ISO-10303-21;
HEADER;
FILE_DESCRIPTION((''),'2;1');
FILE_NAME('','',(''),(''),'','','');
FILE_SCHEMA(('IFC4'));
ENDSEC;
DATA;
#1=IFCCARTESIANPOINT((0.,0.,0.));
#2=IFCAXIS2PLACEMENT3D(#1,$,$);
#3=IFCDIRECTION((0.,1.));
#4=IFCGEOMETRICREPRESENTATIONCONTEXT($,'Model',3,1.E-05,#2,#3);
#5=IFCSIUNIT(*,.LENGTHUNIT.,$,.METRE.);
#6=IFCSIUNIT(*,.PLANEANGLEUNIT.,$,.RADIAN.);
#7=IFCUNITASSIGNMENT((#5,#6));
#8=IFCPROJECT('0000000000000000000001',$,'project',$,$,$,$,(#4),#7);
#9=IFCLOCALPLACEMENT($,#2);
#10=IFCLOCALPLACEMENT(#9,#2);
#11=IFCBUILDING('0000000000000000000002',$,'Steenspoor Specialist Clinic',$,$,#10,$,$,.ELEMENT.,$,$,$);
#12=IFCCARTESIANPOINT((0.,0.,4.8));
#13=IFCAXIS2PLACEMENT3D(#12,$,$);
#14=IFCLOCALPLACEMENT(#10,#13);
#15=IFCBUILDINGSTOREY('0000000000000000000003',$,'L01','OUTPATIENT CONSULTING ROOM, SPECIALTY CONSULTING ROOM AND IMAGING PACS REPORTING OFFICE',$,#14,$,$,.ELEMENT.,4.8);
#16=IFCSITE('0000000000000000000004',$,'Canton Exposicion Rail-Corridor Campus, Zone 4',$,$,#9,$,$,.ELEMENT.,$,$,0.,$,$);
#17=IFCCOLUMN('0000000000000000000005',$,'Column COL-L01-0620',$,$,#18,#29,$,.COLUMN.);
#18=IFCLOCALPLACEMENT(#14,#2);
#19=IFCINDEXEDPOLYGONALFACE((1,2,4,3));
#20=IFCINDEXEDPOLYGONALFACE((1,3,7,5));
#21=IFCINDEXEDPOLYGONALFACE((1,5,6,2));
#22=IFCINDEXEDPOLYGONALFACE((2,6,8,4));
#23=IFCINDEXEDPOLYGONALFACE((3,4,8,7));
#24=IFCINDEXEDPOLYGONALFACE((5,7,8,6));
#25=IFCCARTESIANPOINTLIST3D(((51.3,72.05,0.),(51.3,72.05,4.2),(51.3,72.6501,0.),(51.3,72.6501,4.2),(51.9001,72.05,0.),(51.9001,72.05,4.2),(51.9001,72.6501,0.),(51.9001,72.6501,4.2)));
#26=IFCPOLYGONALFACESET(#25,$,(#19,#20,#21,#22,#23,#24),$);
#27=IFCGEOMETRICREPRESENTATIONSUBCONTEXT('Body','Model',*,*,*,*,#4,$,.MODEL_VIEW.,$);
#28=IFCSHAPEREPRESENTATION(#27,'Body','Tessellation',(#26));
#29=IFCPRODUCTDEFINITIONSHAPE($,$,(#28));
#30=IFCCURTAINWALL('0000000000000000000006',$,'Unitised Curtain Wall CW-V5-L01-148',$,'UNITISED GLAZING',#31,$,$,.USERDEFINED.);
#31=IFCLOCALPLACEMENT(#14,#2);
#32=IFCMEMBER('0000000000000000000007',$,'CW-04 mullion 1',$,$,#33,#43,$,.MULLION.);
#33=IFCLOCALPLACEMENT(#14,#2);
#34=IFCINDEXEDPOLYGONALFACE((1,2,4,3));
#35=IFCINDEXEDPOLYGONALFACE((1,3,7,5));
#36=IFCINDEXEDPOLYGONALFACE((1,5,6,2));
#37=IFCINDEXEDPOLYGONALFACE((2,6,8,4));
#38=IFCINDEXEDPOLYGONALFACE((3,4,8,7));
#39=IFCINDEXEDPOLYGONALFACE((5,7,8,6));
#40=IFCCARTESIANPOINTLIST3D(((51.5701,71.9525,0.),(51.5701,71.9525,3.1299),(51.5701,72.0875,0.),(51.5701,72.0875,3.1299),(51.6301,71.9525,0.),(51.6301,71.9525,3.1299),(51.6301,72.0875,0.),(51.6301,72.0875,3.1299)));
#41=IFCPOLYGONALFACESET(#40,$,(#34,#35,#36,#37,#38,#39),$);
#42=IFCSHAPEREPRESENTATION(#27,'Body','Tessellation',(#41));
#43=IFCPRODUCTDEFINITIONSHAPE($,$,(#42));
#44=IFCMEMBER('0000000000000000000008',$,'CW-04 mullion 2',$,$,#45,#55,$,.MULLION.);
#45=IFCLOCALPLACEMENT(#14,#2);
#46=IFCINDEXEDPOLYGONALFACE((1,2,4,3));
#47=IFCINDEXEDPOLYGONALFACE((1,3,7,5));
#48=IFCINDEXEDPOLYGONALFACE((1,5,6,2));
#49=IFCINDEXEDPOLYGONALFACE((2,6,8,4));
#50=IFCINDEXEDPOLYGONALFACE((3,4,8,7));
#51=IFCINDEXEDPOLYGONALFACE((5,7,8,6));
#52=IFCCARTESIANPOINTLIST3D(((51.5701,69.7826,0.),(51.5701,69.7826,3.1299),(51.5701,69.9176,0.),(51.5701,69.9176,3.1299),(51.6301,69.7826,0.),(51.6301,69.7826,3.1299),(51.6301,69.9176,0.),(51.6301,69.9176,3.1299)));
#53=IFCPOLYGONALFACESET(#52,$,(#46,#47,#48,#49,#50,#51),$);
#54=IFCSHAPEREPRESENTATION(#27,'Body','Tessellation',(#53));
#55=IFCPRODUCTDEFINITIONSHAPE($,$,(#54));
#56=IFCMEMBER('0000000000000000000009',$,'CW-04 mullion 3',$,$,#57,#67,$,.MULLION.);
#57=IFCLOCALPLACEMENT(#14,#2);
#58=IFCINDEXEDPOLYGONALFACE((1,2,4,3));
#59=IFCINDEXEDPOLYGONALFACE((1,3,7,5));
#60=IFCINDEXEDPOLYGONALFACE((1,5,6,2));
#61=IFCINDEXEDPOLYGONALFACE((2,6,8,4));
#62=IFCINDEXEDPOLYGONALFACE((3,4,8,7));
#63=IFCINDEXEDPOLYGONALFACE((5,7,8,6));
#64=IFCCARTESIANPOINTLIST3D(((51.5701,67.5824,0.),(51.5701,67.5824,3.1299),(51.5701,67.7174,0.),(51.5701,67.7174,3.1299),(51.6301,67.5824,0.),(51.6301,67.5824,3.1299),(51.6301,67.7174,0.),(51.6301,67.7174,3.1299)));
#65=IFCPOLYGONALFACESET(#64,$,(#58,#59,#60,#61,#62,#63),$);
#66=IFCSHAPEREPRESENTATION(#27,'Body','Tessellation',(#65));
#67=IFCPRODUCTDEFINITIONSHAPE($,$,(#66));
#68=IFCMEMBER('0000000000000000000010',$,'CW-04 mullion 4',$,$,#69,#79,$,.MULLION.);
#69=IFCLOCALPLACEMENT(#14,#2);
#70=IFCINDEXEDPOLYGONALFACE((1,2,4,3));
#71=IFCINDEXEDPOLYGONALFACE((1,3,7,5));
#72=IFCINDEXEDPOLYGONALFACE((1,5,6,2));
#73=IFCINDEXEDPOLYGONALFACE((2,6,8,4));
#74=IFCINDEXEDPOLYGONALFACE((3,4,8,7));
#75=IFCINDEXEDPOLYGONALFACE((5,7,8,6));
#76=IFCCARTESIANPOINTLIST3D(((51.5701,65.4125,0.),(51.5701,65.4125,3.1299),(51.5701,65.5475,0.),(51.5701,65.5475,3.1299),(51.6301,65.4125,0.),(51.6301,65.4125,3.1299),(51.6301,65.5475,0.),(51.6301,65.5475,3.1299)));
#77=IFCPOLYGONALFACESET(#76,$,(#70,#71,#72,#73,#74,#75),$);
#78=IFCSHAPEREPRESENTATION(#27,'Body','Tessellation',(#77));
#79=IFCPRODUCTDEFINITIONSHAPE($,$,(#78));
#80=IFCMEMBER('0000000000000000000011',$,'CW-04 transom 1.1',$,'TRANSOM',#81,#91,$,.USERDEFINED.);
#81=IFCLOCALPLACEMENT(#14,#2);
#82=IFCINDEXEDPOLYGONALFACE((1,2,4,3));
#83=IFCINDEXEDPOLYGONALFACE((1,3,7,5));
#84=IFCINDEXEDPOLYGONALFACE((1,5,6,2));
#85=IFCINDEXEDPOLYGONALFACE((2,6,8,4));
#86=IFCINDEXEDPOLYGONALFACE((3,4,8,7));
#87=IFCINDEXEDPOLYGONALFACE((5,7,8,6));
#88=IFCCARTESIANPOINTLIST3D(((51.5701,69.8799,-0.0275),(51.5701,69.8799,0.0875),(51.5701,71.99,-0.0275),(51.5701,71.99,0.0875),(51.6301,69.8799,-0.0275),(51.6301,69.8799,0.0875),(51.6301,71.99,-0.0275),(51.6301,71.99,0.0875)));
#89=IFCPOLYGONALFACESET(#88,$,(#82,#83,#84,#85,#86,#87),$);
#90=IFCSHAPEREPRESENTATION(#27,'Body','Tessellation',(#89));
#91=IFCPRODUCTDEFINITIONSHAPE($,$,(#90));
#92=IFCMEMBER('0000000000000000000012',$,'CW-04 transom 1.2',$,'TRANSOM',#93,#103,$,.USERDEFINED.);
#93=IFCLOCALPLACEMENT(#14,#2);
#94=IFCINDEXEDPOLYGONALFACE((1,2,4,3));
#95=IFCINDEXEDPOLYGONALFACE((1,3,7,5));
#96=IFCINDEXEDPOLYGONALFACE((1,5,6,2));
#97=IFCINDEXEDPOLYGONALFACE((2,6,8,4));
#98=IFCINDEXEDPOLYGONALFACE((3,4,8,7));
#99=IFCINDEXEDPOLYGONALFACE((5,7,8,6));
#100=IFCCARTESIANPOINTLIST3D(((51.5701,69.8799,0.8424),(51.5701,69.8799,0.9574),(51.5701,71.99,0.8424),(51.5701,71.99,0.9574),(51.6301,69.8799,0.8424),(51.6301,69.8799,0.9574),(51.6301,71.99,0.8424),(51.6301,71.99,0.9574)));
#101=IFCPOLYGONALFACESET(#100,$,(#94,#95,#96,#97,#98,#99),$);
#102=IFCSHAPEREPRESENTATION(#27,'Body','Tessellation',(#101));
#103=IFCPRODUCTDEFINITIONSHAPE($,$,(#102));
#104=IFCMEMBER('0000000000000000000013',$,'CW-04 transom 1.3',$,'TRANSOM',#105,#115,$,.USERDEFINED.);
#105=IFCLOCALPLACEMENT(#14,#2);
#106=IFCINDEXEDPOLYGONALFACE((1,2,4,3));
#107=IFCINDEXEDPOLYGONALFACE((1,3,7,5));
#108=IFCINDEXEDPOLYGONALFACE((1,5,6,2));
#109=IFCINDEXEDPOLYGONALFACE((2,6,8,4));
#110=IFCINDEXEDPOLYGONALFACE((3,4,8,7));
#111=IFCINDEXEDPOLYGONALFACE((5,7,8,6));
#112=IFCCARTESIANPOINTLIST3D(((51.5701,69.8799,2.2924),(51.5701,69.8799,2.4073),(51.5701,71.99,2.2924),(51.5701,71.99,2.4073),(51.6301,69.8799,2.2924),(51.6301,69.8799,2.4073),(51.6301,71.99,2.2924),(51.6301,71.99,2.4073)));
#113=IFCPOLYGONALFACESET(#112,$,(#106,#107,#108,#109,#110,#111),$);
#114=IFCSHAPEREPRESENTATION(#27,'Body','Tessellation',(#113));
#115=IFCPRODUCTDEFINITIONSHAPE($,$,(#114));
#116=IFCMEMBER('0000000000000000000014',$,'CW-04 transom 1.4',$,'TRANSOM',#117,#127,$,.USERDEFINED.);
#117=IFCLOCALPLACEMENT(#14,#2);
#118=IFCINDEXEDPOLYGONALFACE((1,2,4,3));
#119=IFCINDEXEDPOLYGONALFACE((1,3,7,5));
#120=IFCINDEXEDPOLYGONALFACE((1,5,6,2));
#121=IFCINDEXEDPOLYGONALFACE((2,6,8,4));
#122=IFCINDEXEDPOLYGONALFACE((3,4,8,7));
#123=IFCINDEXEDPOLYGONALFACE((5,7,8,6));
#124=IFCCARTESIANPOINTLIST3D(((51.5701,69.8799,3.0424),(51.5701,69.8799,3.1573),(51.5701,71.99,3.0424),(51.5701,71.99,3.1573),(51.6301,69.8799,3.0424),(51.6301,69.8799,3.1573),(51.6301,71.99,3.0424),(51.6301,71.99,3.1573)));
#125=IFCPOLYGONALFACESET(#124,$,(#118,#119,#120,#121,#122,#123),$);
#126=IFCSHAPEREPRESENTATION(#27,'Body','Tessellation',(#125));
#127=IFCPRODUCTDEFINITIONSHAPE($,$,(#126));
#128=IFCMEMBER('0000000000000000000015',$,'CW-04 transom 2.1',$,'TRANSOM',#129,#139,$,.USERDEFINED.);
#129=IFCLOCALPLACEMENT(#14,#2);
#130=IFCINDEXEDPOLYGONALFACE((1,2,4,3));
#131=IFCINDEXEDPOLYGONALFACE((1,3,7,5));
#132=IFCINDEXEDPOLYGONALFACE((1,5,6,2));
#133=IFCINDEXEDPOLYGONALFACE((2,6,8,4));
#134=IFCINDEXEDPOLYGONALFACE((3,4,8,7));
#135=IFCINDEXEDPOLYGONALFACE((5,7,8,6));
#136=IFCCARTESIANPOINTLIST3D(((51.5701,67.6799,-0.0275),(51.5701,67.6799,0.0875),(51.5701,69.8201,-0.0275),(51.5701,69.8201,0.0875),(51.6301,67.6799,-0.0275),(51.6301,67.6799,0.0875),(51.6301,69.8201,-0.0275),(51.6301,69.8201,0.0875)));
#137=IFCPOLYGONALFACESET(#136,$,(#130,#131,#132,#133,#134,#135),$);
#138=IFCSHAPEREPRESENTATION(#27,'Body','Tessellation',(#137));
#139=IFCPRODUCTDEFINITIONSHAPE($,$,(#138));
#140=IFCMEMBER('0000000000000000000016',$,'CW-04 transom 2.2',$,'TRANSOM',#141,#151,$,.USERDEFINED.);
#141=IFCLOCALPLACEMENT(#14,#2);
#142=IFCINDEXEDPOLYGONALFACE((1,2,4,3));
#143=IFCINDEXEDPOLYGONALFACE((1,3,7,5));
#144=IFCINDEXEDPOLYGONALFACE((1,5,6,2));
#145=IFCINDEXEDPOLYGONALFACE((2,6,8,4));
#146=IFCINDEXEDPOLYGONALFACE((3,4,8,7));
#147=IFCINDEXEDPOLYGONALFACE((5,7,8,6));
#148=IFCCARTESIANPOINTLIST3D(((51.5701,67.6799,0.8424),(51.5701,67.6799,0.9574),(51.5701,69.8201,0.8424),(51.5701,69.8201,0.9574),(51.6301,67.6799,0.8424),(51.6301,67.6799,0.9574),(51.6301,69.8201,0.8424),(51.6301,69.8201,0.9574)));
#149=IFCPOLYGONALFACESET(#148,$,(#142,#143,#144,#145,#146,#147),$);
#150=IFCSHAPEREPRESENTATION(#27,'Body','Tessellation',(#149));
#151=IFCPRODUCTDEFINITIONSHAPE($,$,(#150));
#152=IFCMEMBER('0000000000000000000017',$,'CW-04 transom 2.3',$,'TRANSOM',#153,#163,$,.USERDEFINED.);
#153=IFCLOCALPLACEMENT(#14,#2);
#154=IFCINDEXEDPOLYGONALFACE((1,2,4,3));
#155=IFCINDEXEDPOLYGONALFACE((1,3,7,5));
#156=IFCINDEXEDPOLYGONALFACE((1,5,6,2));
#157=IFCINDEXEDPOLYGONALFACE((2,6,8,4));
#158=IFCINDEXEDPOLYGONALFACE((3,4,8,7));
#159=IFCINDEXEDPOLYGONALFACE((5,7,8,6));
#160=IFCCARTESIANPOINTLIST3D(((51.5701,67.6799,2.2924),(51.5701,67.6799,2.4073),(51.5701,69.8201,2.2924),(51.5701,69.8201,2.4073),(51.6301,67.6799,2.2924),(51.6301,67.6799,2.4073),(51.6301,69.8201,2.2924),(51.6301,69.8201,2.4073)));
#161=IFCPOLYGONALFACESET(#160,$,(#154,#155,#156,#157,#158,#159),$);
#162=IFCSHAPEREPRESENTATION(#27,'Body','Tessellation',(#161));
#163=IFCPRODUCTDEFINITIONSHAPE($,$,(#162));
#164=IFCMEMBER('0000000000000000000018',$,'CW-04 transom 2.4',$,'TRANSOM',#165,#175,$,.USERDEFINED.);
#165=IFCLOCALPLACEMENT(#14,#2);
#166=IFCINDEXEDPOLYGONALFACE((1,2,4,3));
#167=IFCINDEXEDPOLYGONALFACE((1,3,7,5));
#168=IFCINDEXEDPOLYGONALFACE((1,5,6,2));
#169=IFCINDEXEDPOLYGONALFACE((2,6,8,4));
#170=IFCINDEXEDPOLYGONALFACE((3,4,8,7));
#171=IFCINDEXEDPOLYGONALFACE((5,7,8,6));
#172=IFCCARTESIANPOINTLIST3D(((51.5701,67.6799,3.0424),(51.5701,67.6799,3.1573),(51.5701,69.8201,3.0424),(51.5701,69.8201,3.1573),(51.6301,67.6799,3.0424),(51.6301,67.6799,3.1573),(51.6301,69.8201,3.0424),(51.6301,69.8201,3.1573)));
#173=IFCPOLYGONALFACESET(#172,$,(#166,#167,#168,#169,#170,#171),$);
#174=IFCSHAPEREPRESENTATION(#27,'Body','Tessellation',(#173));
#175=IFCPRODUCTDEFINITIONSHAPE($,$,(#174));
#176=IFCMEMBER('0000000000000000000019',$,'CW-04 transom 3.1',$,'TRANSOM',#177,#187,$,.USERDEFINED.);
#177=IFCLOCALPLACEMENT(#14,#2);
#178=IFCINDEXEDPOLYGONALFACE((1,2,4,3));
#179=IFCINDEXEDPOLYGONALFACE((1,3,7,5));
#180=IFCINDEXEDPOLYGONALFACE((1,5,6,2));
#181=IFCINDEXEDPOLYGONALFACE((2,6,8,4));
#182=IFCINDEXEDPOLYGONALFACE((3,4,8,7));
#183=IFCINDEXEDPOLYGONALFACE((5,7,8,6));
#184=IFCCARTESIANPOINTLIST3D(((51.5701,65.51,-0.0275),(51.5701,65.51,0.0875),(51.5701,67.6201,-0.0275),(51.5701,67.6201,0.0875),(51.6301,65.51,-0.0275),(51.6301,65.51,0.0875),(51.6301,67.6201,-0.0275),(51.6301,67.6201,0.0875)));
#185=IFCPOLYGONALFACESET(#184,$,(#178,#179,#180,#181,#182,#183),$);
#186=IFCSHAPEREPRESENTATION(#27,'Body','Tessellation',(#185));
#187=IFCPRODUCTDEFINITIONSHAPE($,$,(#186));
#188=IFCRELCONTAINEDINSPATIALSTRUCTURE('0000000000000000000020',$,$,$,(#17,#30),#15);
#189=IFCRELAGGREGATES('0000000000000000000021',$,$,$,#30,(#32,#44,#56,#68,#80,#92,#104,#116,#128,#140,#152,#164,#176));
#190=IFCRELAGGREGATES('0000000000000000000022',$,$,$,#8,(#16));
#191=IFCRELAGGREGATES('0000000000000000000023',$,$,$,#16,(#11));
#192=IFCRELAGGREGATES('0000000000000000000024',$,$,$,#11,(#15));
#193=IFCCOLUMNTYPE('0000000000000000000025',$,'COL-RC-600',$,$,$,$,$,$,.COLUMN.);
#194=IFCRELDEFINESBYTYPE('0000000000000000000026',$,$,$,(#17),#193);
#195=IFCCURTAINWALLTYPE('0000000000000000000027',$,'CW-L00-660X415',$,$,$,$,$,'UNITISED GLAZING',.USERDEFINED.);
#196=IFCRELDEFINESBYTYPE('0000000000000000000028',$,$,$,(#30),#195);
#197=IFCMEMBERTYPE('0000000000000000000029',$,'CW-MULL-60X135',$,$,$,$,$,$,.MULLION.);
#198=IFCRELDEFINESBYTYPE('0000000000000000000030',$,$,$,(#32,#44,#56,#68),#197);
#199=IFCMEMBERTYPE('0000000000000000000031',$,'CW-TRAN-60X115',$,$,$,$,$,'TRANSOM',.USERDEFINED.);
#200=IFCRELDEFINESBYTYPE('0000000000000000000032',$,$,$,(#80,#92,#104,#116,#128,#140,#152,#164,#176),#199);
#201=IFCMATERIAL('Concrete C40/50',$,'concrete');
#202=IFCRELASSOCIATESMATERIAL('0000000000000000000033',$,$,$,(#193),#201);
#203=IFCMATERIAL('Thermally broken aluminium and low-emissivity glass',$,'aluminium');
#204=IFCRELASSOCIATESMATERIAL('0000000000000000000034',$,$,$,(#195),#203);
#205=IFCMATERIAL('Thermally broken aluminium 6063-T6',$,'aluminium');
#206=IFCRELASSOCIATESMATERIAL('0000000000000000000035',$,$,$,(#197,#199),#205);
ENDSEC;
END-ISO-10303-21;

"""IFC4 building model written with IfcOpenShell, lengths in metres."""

from ifc_helpers import new_model, si_unit, direction, frame, origin, origin_2d, place, context, subcontext, project, spatial, rectangle, extrude, material, material_profile, profile_set, type_object, element, aggregate, save


model = new_model("IFC4")

# Units and contexts
model_context = context("Model", 3, precision=1e-05, world=origin(), true_north=direction((0.0, 1.0)))
body_context = subcontext(model_context, "Body", "Model", "MODEL_VIEW")
ifc_project = project(units=[si_unit("LENGTHUNIT", "METRE"), si_unit("PLANEANGLEUNIT", "RADIAN")], contexts=[model_context])

# Site, building, storey
site_placement = place(None, origin())
site = spatial("IfcSite", under=ifc_project, at=site_placement, Name="Canton Exposicion Rail-Corridor Campus, Zone 4", CompositionType="ELEMENT", RefElevation=0.0)
building_placement = place(site_placement, origin())
building = spatial("IfcBuilding", under=site, at=building_placement, Name="Steenspoor Specialist Clinic", CompositionType="ELEMENT")
storey_placement = place(building_placement, frame((0.0, 0.0, 4.8)))
storey = spatial("IfcBuildingStorey", under=building, at=storey_placement, Name="L01", Description="OUTPATIENT CONSULTING ROOM, SPECIALTY CONSULTING ROOM AND IMAGING PACS REPORTING OFFICE", CompositionType="ELEMENT", Elevation=4.8)

# Column
ifc_material_1 = material(Name="Concrete C40/50", Category="concrete")
ifc_material_profile_1 = material_profile(ifc_material_1, rectangle(XDim=0.6001, YDim=0.6001, at=origin_2d()), Name="RC-COL-600X600")
ifc_profile_set_1 = profile_set([ifc_material_profile_1], Name="Concrete C40/50")
column_type = type_object("IfcColumnType", Name="COL-RC-600", PredefinedType="COLUMN", material=ifc_profile_set_1)
column_placement = place(storey_placement, frame((51.6001, 72.3501, 0.0), z_axis=(0.0, 0.0, 1.0), x_axis=(1.0, 0.0, 0.0)))
element("IfcColumn", 1, at=column_placement, inside=storey, type_object=column_type, Name="Column COL-L01-0620", PredefinedType="COLUMN", context=body_context, shape_type="SweptSolid", body=[
    extrude(rectangle(XDim=0.6001, YDim=0.6001, at=origin_2d()), origin(), (0.0, 0.0, 1.0), 4.2),
])

# Curtain wall, members
ifc_material_2 = material(Name="Thermally broken aluminium and low-emissivity glass", Category="aluminium")
curtain_wall_type = type_object("IfcCurtainWallType", Name="CW-L00-660X415", ElementType="UNITISED GLAZING", PredefinedType="USERDEFINED", material=ifc_material_2)
curtain_wall_placement = place(storey_placement, origin())
curtain_wall = element("IfcCurtainWall", 2, at=curtain_wall_placement, inside=storey, type_object=curtain_wall_type, Name="Unitised Curtain Wall CW-V5-L01-148", ObjectType="UNITISED GLAZING", PredefinedType="USERDEFINED")
ifc_material_3 = material(Name="Thermally broken aluminium 6063-T6", Category="aluminium")
ifc_material_profile_2 = material_profile(ifc_material_3, rectangle(XDim=0.0601, YDim=0.135, at=origin_2d()), Name="CWM-60X135")
ifc_profile_set_2 = profile_set([ifc_material_profile_2], Name="Thermally broken aluminium 6063-T6")
member_type_1 = type_object("IfcMemberType", Name="CW-MULL-60X135", PredefinedType="MULLION", material=ifc_profile_set_2)
member_1_placement = place(storey_placement, frame((51.6001, 72.02, 0.0), z_axis=(0.0, 0.0, 1.0), x_axis=(1.0, 0.0, 0.0)))
member_1 = element("IfcMember", 3, at=member_1_placement, type_object=member_type_1, Name="CW-04 mullion 1", PredefinedType="MULLION", context=body_context, shape_type="SweptSolid", body=[
    extrude(rectangle(XDim=0.0601, YDim=0.135, at=origin_2d()), origin(), (0.0, 0.0, 1.0), 3.1299),
])
member_2_placement = place(storey_placement, frame((51.6001, 69.8501, 0.0), z_axis=(0.0, 0.0, 1.0), x_axis=(1.0, 0.0, 0.0)))
member_2 = element("IfcMember", 4, at=member_2_placement, type_object=member_type_1, Name="CW-04 mullion 2", PredefinedType="MULLION", context=body_context, shape_type="SweptSolid", body=[
    extrude(rectangle(XDim=0.0601, YDim=0.135, at=origin_2d()), origin(), (0.0, 0.0, 1.0), 3.1299),
])
member_3_placement = place(storey_placement, frame((51.6001, 67.6499, 0.0), z_axis=(0.0, 0.0, 1.0), x_axis=(1.0, 0.0, 0.0)))
member_3 = element("IfcMember", 5, at=member_3_placement, type_object=member_type_1, Name="CW-04 mullion 3", PredefinedType="MULLION", context=body_context, shape_type="SweptSolid", body=[
    extrude(rectangle(XDim=0.0601, YDim=0.135, at=origin_2d()), origin(), (0.0, 0.0, 1.0), 3.1299),
])
member_4_placement = place(storey_placement, frame((51.6001, 65.48, 0.0), z_axis=(0.0, 0.0, 1.0), x_axis=(1.0, 0.0, 0.0)))
member_4 = element("IfcMember", 6, at=member_4_placement, type_object=member_type_1, Name="CW-04 mullion 4", PredefinedType="MULLION", context=body_context, shape_type="SweptSolid", body=[
    extrude(rectangle(XDim=0.0601, YDim=0.135, at=origin_2d()), origin(), (0.0, 0.0, 1.0), 3.1299),
])
ifc_material_profile_3 = material_profile(ifc_material_3, rectangle(XDim=0.0601, YDim=0.115, at=origin_2d()), Name="CWT-60X115")
ifc_profile_set_3 = profile_set([ifc_material_profile_3], Name="Thermally broken aluminium 6063-T6")
member_type_2 = type_object("IfcMemberType", Name="CW-TRAN-60X115", ElementType="TRANSOM", PredefinedType="USERDEFINED", material=ifc_profile_set_3)
member_5_placement = place(storey_placement, frame((51.6001, 71.99, 0.03), z_axis=(0.0, -1.0, 0.0), x_axis=(1.0, 0.0, 0.0)))
member_5 = element("IfcMember", 7, at=member_5_placement, type_object=member_type_2, Name="CW-04 transom 1.1", ObjectType="TRANSOM", PredefinedType="USERDEFINED", context=body_context, shape_type="SweptSolid", body=[
    extrude(rectangle(XDim=0.0601, YDim=0.115, at=origin_2d()), origin(), (0.0, 0.0, 1.0), 2.1101),
])
member_6_placement = place(storey_placement, frame((51.6001, 71.99, 0.8999), z_axis=(0.0, -1.0, 0.0), x_axis=(1.0, 0.0, 0.0)))
member_6 = element("IfcMember", 8, at=member_6_placement, type_object=member_type_2, Name="CW-04 transom 1.2", ObjectType="TRANSOM", PredefinedType="USERDEFINED", context=body_context, shape_type="SweptSolid", body=[
    extrude(rectangle(XDim=0.0601, YDim=0.115, at=origin_2d()), origin(), (0.0, 0.0, 1.0), 2.1101),
])
member_7_placement = place(storey_placement, frame((51.6001, 71.99, 2.3499), z_axis=(0.0, -1.0, 0.0), x_axis=(1.0, 0.0, 0.0)))
member_7 = element("IfcMember", 9, at=member_7_placement, type_object=member_type_2, Name="CW-04 transom 1.3", ObjectType="TRANSOM", PredefinedType="USERDEFINED", context=body_context, shape_type="SweptSolid", body=[
    extrude(rectangle(XDim=0.0601, YDim=0.115, at=origin_2d()), origin(), (0.0, 0.0, 1.0), 2.1101),
])
member_8_placement = place(storey_placement, frame((51.6001, 71.99, 3.0999), z_axis=(0.0, -1.0, 0.0), x_axis=(1.0, 0.0, 0.0)))
member_8 = element("IfcMember", 10, at=member_8_placement, type_object=member_type_2, Name="CW-04 transom 1.4", ObjectType="TRANSOM", PredefinedType="USERDEFINED", context=body_context, shape_type="SweptSolid", body=[
    extrude(rectangle(XDim=0.0601, YDim=0.115, at=origin_2d()), origin(), (0.0, 0.0, 1.0), 2.1101),
])
member_9_placement = place(storey_placement, frame((51.6001, 69.8201, 0.03), z_axis=(0.0, -1.0, 0.0), x_axis=(1.0, 0.0, 0.0)))
member_9 = element("IfcMember", 11, at=member_9_placement, type_object=member_type_2, Name="CW-04 transom 2.1", ObjectType="TRANSOM", PredefinedType="USERDEFINED", context=body_context, shape_type="SweptSolid", body=[
    extrude(rectangle(XDim=0.0601, YDim=0.115, at=origin_2d()), origin(), (0.0, 0.0, 1.0), 2.1401),
])
member_10_placement = place(storey_placement, frame((51.6001, 69.8201, 0.8999), z_axis=(0.0, -1.0, 0.0), x_axis=(1.0, 0.0, 0.0)))
member_10 = element("IfcMember", 12, at=member_10_placement, type_object=member_type_2, Name="CW-04 transom 2.2", ObjectType="TRANSOM", PredefinedType="USERDEFINED", context=body_context, shape_type="SweptSolid", body=[
    extrude(rectangle(XDim=0.0601, YDim=0.115, at=origin_2d()), origin(), (0.0, 0.0, 1.0), 2.1401),
])
member_11_placement = place(storey_placement, frame((51.6001, 69.8201, 2.3499), z_axis=(0.0, -1.0, 0.0), x_axis=(1.0, 0.0, 0.0)))
member_11 = element("IfcMember", 13, at=member_11_placement, type_object=member_type_2, Name="CW-04 transom 2.3", ObjectType="TRANSOM", PredefinedType="USERDEFINED", context=body_context, shape_type="SweptSolid", body=[
    extrude(rectangle(XDim=0.0601, YDim=0.115, at=origin_2d()), origin(), (0.0, 0.0, 1.0), 2.1401),
])
member_12_placement = place(storey_placement, frame((51.6001, 69.8201, 3.0999), z_axis=(0.0, -1.0, 0.0), x_axis=(1.0, 0.0, 0.0)))
member_12 = element("IfcMember", 14, at=member_12_placement, type_object=member_type_2, Name="CW-04 transom 2.4", ObjectType="TRANSOM", PredefinedType="USERDEFINED", context=body_context, shape_type="SweptSolid", body=[
    extrude(rectangle(XDim=0.0601, YDim=0.115, at=origin_2d()), origin(), (0.0, 0.0, 1.0), 2.1401),
])
member_13_placement = place(storey_placement, frame((51.6001, 67.6201, 0.03), z_axis=(0.0, -1.0, 0.0), x_axis=(1.0, 0.0, 0.0)))
member_13 = element("IfcMember", 15, at=member_13_placement, type_object=member_type_2, Name="CW-04 transom 3.1", ObjectType="TRANSOM", PredefinedType="USERDEFINED", context=body_context, shape_type="SweptSolid", body=[
    extrude(rectangle(XDim=0.0601, YDim=0.115, at=origin_2d()), origin(), (0.0, 0.0, 1.0), 2.1101),
])

aggregate(curtain_wall, [member_1, member_2, member_3, member_4, member_5, member_6, member_7, member_8, member_9, member_10, member_11, member_12, member_13])

save(model, "model.ifc")
